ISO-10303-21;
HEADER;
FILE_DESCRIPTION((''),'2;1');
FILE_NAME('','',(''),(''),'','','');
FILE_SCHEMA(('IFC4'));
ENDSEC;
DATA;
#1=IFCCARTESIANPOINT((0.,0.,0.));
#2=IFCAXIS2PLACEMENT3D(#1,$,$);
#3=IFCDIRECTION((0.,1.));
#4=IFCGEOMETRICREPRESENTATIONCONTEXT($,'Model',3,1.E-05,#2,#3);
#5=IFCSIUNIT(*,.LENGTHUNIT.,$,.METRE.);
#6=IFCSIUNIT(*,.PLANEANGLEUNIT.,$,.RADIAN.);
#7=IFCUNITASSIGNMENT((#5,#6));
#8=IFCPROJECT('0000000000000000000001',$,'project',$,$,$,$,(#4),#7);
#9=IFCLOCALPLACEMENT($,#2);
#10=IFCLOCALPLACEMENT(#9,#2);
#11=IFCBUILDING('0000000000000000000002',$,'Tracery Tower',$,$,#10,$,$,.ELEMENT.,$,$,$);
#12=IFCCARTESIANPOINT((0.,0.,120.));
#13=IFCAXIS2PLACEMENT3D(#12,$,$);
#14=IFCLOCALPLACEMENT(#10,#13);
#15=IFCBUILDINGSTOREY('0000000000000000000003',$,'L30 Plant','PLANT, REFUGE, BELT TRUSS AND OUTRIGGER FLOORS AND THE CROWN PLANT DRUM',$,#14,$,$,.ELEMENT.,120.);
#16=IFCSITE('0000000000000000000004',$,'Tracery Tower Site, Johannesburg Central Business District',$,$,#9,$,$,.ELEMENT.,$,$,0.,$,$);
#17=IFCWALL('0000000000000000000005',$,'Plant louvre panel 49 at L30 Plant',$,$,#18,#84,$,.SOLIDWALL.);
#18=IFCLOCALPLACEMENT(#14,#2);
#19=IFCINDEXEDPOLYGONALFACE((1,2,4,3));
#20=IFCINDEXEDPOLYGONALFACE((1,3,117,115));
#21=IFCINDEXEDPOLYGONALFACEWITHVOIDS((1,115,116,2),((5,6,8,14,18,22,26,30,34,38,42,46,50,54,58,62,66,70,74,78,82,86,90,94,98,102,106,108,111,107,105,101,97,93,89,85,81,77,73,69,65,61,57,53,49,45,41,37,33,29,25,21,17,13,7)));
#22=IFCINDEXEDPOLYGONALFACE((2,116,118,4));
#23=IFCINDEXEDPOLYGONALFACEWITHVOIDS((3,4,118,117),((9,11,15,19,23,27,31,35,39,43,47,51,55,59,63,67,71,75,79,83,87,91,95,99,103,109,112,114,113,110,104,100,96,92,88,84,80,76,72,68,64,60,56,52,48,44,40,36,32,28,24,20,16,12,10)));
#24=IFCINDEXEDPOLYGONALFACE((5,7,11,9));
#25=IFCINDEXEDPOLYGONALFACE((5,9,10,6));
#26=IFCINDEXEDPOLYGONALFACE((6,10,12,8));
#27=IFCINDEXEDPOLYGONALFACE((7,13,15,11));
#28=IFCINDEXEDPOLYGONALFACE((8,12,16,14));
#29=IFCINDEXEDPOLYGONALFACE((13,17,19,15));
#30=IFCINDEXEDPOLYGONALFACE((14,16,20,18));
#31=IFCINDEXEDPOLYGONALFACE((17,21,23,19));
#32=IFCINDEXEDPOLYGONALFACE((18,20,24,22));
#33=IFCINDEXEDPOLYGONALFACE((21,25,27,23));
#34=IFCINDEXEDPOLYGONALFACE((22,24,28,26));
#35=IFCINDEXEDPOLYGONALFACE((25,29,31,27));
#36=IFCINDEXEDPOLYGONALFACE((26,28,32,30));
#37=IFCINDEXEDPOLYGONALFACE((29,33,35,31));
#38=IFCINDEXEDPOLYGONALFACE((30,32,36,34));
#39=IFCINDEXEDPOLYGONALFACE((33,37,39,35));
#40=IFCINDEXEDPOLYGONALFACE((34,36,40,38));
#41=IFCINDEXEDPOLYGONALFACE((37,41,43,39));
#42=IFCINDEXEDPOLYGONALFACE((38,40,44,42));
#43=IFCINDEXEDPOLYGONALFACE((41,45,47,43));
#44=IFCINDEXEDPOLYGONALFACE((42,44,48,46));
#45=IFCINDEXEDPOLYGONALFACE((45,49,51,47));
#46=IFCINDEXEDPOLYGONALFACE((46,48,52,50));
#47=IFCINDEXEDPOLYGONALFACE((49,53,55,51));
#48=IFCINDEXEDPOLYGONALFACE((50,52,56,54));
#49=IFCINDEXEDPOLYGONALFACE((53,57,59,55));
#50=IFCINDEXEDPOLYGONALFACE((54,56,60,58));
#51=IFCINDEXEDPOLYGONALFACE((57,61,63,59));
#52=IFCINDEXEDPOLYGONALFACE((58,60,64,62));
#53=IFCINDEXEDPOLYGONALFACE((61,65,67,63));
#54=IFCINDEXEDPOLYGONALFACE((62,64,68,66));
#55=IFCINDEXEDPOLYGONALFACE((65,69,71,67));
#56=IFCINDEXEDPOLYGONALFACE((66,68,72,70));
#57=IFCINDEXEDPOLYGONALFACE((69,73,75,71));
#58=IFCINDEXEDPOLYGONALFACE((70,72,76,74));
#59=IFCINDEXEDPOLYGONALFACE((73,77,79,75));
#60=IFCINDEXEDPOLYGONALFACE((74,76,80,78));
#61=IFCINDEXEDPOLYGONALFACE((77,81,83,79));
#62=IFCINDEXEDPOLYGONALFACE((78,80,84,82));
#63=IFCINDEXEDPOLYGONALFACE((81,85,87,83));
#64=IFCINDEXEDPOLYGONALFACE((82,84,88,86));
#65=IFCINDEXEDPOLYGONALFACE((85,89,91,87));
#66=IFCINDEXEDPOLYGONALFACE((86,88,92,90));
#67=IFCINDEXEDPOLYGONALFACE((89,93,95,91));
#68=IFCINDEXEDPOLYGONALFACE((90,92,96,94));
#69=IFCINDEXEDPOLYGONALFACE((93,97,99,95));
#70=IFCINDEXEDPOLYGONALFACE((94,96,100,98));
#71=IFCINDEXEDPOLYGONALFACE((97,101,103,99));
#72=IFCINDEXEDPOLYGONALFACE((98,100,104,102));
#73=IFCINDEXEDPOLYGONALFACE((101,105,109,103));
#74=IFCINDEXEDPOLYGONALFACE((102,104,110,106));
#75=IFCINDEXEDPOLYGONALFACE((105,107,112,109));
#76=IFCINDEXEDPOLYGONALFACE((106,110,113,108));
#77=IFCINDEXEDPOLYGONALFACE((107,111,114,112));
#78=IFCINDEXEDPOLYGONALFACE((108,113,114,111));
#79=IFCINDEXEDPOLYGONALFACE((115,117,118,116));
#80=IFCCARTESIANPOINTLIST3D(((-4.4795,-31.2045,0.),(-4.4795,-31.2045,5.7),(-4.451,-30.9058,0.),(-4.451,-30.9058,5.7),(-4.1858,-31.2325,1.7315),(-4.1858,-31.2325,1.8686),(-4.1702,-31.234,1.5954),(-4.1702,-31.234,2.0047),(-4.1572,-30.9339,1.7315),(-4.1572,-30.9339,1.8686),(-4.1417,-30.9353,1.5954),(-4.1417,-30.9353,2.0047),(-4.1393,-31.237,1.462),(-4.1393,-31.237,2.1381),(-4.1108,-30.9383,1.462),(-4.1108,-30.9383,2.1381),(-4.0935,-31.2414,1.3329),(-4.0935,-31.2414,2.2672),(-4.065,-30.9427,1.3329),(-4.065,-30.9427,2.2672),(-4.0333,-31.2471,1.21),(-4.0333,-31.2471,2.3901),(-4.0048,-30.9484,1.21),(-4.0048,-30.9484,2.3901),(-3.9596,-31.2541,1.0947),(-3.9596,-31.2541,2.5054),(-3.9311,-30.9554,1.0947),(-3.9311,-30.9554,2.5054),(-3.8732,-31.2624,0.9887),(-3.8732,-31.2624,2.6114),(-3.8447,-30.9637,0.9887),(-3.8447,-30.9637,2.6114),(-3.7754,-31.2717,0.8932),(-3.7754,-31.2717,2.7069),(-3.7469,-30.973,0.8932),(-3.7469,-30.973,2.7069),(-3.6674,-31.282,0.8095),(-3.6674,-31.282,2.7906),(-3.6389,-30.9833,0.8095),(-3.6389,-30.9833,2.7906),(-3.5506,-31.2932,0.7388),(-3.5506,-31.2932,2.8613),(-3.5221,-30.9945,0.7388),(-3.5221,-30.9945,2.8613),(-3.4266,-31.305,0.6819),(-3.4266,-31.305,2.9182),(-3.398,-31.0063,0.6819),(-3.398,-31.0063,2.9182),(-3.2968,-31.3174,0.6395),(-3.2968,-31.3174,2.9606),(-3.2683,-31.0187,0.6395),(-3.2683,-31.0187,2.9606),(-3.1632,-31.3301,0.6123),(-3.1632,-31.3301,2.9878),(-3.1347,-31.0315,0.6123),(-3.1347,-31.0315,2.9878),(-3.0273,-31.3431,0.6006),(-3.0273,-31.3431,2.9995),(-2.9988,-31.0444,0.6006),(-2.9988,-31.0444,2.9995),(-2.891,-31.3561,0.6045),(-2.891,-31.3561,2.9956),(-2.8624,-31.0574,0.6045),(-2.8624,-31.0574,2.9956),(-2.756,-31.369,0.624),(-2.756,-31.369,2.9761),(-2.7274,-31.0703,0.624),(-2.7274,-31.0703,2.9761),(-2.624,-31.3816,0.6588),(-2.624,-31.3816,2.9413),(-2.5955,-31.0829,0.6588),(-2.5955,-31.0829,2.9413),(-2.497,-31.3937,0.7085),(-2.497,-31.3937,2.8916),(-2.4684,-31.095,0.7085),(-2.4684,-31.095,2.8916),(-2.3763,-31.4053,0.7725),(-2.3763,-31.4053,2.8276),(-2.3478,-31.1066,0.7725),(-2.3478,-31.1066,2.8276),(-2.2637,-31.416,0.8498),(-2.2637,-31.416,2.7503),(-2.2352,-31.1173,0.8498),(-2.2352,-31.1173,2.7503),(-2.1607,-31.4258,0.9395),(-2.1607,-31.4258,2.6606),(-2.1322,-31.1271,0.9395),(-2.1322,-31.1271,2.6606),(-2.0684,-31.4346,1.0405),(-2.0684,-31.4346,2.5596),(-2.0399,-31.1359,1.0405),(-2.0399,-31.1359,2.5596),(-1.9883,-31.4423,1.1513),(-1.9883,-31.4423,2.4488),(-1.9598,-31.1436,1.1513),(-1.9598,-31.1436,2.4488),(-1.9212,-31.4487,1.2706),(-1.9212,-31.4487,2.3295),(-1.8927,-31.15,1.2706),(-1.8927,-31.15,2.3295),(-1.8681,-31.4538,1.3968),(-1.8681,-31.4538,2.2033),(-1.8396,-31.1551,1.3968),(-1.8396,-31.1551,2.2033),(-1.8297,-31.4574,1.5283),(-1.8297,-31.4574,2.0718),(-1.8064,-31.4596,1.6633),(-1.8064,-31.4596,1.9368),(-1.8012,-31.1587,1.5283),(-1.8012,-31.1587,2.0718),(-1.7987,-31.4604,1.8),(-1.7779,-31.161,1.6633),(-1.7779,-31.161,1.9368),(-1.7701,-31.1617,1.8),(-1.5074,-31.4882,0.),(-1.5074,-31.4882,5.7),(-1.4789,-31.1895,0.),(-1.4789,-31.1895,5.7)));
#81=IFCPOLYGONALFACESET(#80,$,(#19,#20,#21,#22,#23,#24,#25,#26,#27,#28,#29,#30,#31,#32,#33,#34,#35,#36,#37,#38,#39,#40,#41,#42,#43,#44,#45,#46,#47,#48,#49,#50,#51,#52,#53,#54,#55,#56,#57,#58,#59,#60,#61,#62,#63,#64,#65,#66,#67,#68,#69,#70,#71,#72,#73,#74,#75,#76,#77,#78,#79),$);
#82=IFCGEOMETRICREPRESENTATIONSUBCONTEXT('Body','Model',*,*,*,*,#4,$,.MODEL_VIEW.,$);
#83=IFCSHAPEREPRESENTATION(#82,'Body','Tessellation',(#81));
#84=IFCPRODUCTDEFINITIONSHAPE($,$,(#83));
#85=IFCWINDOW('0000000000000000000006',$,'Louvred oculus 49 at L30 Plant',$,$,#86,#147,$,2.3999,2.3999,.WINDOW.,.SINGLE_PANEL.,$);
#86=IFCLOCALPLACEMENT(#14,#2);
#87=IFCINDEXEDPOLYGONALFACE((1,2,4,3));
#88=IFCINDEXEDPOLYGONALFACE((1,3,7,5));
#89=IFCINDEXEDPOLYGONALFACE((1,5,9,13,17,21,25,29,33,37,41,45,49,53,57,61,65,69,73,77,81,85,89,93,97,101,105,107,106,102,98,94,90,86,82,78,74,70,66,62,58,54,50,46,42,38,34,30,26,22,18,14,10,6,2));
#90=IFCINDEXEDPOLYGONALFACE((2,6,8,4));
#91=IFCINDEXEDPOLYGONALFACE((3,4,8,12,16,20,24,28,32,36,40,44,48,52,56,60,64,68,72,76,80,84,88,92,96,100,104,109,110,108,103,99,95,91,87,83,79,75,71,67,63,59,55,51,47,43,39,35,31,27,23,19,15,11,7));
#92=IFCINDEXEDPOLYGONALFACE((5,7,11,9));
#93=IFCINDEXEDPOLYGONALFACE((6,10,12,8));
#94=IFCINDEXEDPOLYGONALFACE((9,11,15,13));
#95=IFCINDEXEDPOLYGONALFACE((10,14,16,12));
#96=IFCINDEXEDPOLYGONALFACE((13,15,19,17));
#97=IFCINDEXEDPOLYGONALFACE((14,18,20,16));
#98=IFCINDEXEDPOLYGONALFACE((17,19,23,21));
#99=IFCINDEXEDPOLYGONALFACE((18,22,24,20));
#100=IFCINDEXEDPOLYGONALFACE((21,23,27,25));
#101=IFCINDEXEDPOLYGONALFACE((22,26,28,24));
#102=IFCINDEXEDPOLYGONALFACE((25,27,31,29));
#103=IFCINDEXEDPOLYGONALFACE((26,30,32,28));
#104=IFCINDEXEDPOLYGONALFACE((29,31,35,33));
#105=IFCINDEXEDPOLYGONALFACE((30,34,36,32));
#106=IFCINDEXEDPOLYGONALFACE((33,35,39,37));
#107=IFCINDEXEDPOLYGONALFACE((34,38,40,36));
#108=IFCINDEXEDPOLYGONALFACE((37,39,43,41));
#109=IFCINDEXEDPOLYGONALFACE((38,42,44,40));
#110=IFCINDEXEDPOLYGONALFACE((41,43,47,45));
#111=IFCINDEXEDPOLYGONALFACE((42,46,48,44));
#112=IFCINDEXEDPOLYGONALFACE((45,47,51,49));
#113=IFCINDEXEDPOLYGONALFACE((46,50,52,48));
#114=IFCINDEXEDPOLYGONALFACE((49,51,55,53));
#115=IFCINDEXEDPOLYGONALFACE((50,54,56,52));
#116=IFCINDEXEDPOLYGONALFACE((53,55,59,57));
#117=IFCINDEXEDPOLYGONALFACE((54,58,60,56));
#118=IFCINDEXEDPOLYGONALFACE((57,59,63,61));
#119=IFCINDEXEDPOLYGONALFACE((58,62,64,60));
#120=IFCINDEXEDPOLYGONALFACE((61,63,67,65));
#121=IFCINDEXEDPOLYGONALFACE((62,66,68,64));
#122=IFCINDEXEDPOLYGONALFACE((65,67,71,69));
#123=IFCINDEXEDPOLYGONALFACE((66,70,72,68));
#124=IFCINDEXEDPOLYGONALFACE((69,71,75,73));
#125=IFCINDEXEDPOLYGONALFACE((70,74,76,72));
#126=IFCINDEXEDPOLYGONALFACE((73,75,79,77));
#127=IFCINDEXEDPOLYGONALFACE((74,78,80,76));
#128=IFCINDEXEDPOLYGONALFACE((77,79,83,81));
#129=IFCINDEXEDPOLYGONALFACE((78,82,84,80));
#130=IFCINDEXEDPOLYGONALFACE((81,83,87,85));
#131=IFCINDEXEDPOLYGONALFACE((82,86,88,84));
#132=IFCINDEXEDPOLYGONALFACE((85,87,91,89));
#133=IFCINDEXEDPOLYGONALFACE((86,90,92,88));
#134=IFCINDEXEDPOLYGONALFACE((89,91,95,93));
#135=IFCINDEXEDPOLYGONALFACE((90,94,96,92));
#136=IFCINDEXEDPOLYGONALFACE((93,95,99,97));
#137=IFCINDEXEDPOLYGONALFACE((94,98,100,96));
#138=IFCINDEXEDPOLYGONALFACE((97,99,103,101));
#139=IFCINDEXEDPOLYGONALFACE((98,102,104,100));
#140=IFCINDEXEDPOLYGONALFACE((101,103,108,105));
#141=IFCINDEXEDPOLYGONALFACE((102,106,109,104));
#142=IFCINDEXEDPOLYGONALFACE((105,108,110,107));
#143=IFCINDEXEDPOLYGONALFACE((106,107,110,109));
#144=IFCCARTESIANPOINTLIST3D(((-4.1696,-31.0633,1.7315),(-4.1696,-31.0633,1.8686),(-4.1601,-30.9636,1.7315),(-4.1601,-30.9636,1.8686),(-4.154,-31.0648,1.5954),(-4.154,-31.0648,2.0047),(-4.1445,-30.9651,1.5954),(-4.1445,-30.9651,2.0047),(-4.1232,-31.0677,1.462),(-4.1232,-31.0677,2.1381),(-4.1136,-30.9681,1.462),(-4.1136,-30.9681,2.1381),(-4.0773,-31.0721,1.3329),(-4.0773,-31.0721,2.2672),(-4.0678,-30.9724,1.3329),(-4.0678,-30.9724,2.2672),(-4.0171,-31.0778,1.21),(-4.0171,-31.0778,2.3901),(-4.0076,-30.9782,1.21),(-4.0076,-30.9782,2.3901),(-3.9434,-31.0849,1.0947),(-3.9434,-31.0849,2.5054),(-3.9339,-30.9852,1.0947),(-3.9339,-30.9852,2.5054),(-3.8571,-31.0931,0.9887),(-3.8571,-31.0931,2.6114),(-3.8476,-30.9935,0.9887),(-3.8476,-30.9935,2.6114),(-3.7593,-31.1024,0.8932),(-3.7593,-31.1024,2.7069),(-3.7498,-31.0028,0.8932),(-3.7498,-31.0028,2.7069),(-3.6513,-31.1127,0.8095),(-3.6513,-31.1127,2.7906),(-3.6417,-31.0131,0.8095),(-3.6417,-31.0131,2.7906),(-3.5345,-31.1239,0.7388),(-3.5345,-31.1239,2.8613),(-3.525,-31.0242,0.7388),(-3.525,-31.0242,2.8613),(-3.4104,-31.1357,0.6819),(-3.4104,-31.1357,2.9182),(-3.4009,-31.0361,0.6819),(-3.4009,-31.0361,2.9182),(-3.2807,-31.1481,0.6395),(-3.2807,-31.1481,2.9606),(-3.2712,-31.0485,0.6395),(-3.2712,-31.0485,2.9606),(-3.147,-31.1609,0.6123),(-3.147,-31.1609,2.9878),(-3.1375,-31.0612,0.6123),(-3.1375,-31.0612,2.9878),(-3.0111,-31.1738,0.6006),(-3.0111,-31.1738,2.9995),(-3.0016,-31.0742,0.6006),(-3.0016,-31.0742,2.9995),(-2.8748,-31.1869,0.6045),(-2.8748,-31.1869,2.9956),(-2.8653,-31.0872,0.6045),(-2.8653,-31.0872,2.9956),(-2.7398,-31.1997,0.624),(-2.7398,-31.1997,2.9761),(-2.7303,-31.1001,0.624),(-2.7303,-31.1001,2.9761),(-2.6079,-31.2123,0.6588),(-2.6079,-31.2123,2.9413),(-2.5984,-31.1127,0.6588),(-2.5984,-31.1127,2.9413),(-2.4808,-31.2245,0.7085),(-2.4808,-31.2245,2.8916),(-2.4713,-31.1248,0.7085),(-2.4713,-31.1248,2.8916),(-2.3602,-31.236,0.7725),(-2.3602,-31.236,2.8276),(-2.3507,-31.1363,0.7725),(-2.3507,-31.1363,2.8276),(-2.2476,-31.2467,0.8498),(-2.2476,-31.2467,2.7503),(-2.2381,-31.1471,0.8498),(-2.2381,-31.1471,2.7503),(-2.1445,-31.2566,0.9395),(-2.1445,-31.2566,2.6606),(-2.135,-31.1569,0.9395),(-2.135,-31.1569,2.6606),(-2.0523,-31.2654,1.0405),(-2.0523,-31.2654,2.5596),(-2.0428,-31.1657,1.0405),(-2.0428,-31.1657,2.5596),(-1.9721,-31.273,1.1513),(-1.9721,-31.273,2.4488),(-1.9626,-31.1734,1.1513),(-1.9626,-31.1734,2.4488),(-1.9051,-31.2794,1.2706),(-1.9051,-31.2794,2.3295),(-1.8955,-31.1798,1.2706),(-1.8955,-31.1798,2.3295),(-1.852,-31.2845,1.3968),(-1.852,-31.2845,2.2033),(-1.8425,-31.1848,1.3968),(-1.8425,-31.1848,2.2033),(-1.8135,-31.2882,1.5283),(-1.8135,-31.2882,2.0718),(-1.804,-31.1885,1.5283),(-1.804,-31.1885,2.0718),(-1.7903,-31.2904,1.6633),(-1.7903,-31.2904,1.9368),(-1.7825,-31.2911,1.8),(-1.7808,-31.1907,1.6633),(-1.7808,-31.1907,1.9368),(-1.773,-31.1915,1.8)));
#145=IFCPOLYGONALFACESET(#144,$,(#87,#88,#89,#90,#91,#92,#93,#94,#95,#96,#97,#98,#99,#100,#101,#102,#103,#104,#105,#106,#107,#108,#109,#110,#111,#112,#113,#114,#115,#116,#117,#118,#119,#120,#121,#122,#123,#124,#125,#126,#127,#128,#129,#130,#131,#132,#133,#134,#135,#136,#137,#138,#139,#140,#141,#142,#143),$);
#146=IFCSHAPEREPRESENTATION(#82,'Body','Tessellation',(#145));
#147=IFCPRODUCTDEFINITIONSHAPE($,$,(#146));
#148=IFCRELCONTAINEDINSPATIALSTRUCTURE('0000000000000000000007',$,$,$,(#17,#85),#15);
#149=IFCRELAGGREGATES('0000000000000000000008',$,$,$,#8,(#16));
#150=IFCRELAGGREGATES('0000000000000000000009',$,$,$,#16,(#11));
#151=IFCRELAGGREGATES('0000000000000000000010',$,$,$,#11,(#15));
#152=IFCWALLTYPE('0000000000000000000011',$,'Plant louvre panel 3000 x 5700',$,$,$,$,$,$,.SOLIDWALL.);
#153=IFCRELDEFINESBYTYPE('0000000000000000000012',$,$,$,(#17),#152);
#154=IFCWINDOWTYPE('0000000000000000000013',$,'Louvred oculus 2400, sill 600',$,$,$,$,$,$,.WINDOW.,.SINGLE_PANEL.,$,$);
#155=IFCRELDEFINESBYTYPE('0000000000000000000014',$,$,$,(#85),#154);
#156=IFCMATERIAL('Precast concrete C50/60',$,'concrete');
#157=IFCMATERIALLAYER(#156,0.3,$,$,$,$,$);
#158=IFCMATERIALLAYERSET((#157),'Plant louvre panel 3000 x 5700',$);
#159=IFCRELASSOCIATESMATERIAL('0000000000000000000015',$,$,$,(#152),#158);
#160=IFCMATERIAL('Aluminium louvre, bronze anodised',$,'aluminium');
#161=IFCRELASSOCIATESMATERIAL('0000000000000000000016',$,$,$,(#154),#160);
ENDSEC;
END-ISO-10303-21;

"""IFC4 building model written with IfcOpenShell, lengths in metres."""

from ifc_helpers import new_model, si_unit, direction, frame, frame_2d, origin, origin_2d, place, context, subcontext, project, spatial, rectangle, circle, extrude, material, layer, layer_set, type_object, element, fill, save


model = new_model("IFC4")

# Units and contexts
model_context = context("Model", 3, precision=1e-05, world=origin(), true_north=direction((0.0, 1.0)))
body_context = subcontext(model_context, "Body", "Model", "MODEL_VIEW")
ifc_project = project(units=[si_unit("LENGTHUNIT", "METRE"), si_unit("PLANEANGLEUNIT", "RADIAN")], contexts=[model_context])

# Site, building, storey
site_placement = place(None, origin())
site = spatial("IfcSite", under=ifc_project, at=site_placement, Name="Tracery Tower Site, Johannesburg Central Business District", CompositionType="ELEMENT", RefElevation=0.0)
building_placement = place(site_placement, origin())
building = spatial("IfcBuilding", under=site, at=building_placement, Name="Tracery Tower", CompositionType="ELEMENT")
storey_placement = place(building_placement, frame((0.0, 0.0, 120.0)))
storey = spatial("IfcBuildingStorey", under=building, at=storey_placement, Name="L30 Plant", Description="PLANT, REFUGE, BELT TRUSS AND OUTRIGGER FLOORS AND THE CROWN PLANT DRUM", CompositionType="ELEMENT", Elevation=120.0)

# Wall, opening, window
ifc_material_1 = material(Name="Precast concrete C50/60", Category="concrete")
ifc_layer_1 = layer(ifc_material_1, 0.3)
ifc_layer_set_1 = layer_set([ifc_layer_1], Name="Plant louvre panel 3000 x 5700")
wall_type_1 = type_object("IfcWallType", Name="Plant louvre panel 3000 x 5700", PredefinedType="SOLIDWALL", material=ifc_layer_set_1)
ifc_material_2 = material(Name="Aluminium louvre, bronze anodised", Category="aluminium")
window_type = type_object("IfcWindowType", Name="Louvred oculus 2400, sill 600", PartitioningType="SINGLE_PANEL", PredefinedType="WINDOW", material=ifc_material_2)
wall_1_placement = place(storey_placement, frame((-4.4651, -31.0552, 0.0), z_axis=(0.0, 0.0, 1.0), x_axis=(0.995476, -0.095017, 0.0)))
wall_1 = element("IfcWall", 1, at=wall_1_placement, inside=storey, type_object=wall_type_1, Name="Plant louvre panel 49 at L30 Plant", PredefinedType="SOLIDWALL", context=body_context, shape_type="SweptSolid", body=[
    extrude(rectangle(XDim=2.9856, YDim=0.3, at=frame_2d((1.4927, 0.0))), origin(), (0.0, 0.0, 1.0), 5.7),
])
opening_1_placement = place(wall_1_placement, frame((1.4929, 0.0, 1.8)))
opening_1 = element("IfcOpeningElement", 2, at=opening_1_placement, cuts=wall_1, PredefinedType="OPENING", context=body_context, shape_type="SweptSolid", body=[
    extrude(circle(Radius=1.2, at=origin_2d()), frame((0.0, 0.1599, 0.0), z_axis=(0.0, -1.0, 0.0), x_axis=(1.0, 0.0, 0.0)), (0.0, 0.0, 1.0), 0.3201),
])
window_1_placement = place(opening_1_placement, origin())
window_1 = element("IfcWindow", 3, at=window_1_placement, inside=storey, type_object=window_type, Name="Louvred oculus 49 at L30 Plant", OverallHeight=2.3999, OverallWidth=2.3999, PartitioningType="SINGLE_PANEL", PredefinedType="WINDOW", context=body_context, shape_type="SweptSolid", body=[
    extrude(circle(Radius=1.2, at=origin_2d()), frame((0.0, 0.1201, 0.0), z_axis=(0.0, -1.0, 0.0), x_axis=(1.0, 0.0, 0.0)), (0.0, 0.0, 1.0), 0.1001),
])
fill(opening_1, window_1)

save(model, "model.ifc")
